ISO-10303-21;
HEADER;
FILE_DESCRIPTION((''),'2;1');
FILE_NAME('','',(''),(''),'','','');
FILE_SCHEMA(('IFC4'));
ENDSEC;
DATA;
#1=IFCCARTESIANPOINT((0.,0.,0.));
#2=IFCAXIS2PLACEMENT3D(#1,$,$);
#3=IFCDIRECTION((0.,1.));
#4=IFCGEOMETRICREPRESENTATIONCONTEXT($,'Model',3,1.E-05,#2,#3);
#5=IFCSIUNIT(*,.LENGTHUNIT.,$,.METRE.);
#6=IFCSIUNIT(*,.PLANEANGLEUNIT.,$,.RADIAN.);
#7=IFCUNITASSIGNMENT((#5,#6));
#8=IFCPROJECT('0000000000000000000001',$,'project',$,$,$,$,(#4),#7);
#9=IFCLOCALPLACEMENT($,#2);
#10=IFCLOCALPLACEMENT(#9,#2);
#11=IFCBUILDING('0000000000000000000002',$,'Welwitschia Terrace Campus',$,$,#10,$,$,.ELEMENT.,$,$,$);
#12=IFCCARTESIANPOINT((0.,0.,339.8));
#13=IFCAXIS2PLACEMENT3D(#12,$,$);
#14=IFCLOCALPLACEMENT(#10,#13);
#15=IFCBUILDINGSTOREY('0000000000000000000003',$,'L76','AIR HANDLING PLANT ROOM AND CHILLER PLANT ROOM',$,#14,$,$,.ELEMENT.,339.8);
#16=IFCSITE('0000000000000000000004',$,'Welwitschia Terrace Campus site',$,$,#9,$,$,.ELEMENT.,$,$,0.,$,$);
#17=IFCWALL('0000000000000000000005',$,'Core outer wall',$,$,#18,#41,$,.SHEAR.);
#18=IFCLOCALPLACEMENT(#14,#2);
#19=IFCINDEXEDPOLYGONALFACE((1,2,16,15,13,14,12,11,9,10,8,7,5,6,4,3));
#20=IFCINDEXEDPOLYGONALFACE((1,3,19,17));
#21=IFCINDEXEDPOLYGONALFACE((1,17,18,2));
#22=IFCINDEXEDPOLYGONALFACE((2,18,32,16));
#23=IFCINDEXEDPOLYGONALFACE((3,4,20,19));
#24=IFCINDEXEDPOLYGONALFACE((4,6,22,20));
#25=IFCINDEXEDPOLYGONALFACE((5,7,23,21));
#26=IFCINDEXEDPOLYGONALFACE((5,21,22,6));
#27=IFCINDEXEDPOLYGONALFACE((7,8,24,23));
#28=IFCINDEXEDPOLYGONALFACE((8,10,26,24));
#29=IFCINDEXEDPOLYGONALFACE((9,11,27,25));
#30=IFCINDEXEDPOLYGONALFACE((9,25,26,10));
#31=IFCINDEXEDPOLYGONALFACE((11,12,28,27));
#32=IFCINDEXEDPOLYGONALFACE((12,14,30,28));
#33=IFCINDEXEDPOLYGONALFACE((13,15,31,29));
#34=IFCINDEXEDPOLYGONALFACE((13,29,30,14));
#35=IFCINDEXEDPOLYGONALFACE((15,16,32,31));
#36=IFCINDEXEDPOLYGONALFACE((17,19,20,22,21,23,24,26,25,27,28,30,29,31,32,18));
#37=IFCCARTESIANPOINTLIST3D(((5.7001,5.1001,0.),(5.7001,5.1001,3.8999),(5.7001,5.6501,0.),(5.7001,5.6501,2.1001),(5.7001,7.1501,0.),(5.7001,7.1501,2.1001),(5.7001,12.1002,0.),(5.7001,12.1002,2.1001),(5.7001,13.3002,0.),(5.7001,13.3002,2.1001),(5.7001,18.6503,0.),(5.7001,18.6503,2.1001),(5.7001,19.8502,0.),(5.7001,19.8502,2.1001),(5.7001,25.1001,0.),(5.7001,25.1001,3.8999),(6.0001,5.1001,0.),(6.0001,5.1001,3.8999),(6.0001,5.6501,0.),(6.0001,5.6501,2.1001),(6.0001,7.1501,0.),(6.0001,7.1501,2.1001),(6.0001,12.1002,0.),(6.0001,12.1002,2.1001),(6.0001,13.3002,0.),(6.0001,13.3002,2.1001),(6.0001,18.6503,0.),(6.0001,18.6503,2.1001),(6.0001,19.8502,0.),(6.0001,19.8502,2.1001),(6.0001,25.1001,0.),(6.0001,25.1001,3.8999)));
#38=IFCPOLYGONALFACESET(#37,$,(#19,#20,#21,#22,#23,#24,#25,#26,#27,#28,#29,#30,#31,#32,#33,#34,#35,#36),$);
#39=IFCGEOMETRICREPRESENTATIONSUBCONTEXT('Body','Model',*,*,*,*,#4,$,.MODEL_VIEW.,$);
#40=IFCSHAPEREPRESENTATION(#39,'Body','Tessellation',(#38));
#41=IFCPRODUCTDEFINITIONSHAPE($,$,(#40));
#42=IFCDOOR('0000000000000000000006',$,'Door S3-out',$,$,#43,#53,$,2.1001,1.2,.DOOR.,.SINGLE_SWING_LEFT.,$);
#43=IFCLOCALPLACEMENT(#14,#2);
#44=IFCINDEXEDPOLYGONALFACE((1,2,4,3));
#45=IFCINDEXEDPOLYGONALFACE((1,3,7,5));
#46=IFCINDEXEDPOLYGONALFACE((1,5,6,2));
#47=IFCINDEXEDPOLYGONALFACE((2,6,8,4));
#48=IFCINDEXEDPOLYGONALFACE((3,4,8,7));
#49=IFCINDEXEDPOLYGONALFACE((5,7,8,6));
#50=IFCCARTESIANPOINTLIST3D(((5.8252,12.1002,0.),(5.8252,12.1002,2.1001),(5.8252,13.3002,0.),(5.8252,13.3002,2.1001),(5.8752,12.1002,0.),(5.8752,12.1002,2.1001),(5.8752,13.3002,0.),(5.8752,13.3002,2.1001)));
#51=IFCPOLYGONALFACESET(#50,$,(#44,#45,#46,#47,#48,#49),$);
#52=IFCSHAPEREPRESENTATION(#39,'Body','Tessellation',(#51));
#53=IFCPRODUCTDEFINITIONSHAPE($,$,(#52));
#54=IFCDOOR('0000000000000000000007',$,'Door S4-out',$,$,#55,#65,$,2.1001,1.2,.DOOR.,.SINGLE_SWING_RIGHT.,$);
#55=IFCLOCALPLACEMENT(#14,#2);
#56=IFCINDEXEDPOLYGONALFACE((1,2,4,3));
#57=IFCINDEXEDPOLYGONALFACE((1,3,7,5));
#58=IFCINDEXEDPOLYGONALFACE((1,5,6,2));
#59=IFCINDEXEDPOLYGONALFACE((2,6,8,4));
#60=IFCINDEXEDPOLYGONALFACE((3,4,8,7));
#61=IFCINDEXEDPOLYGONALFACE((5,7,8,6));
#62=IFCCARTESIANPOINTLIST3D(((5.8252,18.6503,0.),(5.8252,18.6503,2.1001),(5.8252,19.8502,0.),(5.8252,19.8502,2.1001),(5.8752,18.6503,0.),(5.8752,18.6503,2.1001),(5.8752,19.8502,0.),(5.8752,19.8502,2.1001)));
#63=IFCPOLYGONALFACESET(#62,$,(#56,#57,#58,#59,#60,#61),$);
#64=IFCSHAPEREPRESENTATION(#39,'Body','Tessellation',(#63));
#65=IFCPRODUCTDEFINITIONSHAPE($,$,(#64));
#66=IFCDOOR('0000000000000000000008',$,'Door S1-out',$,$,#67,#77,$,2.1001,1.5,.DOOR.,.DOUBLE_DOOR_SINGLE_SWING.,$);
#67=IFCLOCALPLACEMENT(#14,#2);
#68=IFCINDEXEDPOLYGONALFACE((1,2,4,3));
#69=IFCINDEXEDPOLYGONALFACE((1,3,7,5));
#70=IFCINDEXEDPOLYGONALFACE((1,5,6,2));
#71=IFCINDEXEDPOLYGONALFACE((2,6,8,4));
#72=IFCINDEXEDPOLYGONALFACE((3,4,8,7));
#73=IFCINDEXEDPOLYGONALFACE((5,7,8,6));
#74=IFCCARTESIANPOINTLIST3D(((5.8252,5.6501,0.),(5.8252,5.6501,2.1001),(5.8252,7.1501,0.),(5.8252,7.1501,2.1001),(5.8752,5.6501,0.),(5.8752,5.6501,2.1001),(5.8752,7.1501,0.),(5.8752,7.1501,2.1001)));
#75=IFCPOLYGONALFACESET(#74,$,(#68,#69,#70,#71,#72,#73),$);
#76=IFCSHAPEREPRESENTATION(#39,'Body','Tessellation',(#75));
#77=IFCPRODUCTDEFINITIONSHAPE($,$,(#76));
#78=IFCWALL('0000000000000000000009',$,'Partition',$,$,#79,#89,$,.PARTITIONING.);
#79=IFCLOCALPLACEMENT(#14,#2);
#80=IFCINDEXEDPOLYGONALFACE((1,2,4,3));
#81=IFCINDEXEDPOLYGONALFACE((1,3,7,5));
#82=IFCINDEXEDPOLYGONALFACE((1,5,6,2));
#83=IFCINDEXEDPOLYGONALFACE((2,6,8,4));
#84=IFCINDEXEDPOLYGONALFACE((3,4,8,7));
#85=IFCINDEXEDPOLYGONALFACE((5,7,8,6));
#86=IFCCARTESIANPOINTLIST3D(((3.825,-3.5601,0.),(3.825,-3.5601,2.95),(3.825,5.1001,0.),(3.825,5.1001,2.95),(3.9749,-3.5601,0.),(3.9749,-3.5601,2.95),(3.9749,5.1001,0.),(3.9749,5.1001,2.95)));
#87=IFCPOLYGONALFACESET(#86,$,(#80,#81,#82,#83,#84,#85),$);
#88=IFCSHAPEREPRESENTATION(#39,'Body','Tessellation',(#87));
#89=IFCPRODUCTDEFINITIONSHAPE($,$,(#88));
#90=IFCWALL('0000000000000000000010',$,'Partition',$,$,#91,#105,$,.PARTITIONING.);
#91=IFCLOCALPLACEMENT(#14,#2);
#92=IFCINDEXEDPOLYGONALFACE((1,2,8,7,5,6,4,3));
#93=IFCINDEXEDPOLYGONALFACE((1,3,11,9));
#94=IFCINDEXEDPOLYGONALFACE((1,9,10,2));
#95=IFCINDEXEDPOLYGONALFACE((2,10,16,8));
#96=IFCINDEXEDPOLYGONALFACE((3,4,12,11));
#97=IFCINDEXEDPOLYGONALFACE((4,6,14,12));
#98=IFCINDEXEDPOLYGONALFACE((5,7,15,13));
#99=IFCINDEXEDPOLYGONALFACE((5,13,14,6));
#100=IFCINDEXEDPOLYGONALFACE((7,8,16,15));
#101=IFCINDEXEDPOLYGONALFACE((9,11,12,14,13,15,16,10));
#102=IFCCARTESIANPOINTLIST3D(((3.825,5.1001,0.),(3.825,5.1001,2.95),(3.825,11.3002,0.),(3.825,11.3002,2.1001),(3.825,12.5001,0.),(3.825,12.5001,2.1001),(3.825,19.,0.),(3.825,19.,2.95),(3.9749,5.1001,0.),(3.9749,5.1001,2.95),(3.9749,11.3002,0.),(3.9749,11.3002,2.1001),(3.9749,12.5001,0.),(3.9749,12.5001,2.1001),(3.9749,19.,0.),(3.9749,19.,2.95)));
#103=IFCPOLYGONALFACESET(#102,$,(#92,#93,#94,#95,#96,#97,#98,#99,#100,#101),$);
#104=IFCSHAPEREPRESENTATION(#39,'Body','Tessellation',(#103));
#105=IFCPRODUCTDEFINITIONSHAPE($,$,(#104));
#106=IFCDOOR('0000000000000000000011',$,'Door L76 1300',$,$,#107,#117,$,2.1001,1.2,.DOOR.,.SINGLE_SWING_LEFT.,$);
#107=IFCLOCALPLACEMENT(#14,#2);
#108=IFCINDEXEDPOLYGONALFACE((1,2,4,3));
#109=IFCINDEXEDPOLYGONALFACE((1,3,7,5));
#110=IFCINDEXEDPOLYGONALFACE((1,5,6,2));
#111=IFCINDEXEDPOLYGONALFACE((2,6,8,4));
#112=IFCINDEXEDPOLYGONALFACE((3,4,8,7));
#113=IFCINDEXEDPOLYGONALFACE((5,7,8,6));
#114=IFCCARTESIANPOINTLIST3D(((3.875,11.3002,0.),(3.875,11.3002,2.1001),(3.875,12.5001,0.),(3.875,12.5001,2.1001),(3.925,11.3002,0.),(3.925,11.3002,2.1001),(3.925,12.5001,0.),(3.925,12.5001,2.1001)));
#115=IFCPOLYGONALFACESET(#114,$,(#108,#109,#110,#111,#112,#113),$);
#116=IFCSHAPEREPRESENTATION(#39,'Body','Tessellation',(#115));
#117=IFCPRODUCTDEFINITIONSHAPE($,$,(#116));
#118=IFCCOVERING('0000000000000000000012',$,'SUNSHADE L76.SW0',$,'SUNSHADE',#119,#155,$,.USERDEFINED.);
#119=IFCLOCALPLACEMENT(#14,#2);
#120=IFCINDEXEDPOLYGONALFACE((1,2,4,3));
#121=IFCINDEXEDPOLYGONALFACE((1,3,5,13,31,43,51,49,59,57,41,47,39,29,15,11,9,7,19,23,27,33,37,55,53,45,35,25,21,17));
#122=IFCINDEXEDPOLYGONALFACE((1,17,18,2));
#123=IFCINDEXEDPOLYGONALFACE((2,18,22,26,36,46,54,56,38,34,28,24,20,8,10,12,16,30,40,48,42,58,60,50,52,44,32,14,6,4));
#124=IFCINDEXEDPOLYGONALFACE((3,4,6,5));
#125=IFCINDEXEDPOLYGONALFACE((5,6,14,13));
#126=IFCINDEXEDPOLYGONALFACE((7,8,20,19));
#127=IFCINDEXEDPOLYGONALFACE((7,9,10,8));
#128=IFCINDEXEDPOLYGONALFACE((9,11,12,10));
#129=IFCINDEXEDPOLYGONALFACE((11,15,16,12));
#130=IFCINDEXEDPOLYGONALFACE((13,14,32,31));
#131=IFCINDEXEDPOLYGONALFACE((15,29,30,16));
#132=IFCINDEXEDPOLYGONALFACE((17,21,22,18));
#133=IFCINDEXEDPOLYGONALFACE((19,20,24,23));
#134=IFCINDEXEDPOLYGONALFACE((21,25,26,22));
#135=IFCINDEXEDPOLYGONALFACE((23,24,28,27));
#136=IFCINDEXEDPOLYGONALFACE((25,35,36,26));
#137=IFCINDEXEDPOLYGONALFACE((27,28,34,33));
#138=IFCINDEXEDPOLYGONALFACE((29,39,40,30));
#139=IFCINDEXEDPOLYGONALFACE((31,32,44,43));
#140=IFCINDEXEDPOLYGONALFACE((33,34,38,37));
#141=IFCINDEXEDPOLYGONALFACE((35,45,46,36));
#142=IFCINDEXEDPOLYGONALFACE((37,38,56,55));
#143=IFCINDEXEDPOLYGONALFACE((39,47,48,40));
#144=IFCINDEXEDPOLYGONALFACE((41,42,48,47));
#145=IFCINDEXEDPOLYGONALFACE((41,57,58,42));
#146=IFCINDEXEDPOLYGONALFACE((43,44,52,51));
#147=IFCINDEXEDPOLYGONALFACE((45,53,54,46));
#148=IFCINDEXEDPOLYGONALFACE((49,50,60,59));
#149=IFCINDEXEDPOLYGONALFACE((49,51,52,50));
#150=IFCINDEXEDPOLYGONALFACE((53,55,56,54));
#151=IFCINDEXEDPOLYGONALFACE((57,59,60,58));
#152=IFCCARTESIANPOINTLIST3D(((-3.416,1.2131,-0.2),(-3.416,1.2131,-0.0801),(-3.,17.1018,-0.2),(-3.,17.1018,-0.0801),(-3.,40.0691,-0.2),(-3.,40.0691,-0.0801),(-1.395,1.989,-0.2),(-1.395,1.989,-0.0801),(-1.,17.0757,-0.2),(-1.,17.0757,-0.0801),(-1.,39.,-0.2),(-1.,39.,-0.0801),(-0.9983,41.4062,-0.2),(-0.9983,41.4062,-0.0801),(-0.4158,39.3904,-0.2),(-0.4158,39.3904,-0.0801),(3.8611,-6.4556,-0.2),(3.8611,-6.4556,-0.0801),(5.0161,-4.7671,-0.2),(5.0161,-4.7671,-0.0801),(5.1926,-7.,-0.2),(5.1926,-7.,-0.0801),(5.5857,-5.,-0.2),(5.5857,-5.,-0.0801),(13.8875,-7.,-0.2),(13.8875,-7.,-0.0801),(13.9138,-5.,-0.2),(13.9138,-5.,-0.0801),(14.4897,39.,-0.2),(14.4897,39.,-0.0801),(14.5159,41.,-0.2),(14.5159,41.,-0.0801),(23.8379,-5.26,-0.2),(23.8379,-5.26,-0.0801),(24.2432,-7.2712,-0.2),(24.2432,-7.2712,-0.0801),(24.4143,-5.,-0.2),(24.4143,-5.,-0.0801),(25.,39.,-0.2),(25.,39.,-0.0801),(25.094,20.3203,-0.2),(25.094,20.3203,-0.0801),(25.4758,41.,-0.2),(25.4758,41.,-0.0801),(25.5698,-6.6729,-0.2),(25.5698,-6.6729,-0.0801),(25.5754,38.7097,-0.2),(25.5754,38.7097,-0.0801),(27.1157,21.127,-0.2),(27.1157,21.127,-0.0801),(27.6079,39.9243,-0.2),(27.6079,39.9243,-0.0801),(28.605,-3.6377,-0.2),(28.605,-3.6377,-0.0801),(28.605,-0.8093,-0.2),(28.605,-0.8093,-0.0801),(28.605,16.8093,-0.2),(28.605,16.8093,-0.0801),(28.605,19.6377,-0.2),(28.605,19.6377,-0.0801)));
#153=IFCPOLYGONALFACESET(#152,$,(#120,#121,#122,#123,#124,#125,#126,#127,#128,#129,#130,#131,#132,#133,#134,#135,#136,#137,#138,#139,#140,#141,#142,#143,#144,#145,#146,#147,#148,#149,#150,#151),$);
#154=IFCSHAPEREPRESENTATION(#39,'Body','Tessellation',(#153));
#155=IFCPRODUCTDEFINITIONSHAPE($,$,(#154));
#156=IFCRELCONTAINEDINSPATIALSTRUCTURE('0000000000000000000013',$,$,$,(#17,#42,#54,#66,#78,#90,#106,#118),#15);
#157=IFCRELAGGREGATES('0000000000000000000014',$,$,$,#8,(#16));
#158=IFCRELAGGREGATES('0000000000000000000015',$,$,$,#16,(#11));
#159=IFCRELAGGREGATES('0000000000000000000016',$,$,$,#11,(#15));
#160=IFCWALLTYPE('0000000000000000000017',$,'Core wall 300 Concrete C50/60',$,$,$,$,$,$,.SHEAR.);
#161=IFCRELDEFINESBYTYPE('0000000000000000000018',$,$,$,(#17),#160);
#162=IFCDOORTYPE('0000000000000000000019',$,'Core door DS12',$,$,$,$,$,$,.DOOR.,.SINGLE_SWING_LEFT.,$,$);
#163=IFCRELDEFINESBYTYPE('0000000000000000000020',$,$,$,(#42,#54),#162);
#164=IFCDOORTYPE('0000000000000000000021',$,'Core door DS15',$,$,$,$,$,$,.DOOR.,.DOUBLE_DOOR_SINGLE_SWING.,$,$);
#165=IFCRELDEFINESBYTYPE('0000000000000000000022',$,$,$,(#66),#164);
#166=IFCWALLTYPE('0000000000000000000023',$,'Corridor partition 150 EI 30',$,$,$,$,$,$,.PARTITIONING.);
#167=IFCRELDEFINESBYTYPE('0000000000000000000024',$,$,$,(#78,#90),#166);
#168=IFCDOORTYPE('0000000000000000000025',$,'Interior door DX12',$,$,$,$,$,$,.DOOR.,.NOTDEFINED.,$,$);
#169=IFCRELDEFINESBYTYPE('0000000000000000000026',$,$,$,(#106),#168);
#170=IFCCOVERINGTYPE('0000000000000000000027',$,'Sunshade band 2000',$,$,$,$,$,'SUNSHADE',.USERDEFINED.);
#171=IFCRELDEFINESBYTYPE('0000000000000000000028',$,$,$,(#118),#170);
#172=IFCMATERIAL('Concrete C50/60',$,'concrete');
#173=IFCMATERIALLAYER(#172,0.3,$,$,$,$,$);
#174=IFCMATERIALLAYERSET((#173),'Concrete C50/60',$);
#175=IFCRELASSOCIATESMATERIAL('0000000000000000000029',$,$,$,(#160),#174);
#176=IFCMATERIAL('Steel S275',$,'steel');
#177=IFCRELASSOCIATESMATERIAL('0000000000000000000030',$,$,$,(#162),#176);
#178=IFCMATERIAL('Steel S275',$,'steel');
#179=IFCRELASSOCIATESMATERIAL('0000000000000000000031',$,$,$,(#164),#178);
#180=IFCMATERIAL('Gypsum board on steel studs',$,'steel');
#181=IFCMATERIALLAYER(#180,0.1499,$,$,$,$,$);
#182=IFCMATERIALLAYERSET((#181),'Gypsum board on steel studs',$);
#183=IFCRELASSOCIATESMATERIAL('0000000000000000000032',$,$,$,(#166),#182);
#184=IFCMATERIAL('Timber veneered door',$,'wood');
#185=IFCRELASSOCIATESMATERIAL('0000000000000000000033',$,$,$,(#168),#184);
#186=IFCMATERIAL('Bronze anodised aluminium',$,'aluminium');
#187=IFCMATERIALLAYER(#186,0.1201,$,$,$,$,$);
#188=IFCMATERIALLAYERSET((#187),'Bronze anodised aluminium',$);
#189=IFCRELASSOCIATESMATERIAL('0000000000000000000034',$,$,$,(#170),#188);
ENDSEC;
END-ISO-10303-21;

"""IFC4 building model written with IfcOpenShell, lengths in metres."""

from ifc_helpers import new_model, si_unit, direction, frame, frame_2d, origin, place, context, subcontext, project, spatial, polyline, rectangle, outline, extrude, material, layer, layer_set, type_object, element, fill, save


model = new_model("IFC4")

# Units and contexts
model_context = context("Model", 3, precision=1e-05, world=origin(), true_north=direction((0.0, 1.0)))
body_context = subcontext(model_context, "Body", "Model", "MODEL_VIEW")
ifc_project = project(units=[si_unit("LENGTHUNIT", "METRE"), si_unit("PLANEANGLEUNIT", "RADIAN")], contexts=[model_context])

# Site, building, storey
site_placement = place(None, origin())
site = spatial("IfcSite", under=ifc_project, at=site_placement, Name="Welwitschia Terrace Campus site", CompositionType="ELEMENT", RefElevation=0.0)
building_placement = place(site_placement, origin())
building = spatial("IfcBuilding", under=site, at=building_placement, Name="Welwitschia Terrace Campus", CompositionType="ELEMENT")
storey_placement = place(building_placement, frame((0.0, 0.0, 339.8)))
storey = spatial("IfcBuildingStorey", under=building, at=storey_placement, Name="L76", Description="AIR HANDLING PLANT ROOM AND CHILLER PLANT ROOM", CompositionType="ELEMENT", Elevation=339.8)

# Wall, openings, doors
ifc_material_1 = material(Name="Concrete C50/60", Category="concrete")
ifc_layer_1 = layer(ifc_material_1, 0.3)
ifc_layer_set_1 = layer_set([ifc_layer_1], Name="Concrete C50/60")
wall_type_1 = type_object("IfcWallType", Name="Core wall 300 Concrete C50/60", PredefinedType="SHEAR", material=ifc_layer_set_1)
wall_1_placement = place(storey_placement, frame((5.8501, 5.1001, 0.0), z_axis=(0.0, 0.0, 1.0), x_axis=(0.0, 1.0, 0.0)))
wall_1 = element("IfcWall", 1, at=wall_1_placement, inside=storey, type_object=wall_type_1, Name="Core outer wall", PredefinedType="SHEAR", context=body_context, shape_type="SweptSolid", body=[
    extrude(rectangle(XDim=20.0, YDim=0.3, at=frame_2d((10.0, 0.0))), origin(), (0.0, 0.0, 1.0), 3.8999),
])
opening_1_placement = place(wall_1_placement, frame((0.55, 0.0, 0.0)))
opening_1 = element("IfcOpeningElement", 2, at=opening_1_placement, cuts=wall_1, PredefinedType="OPENING", context=body_context, shape_type="SweptSolid", body=[
    extrude(rectangle(XDim=1.5, YDim=2.1001, at=frame_2d((0.75, 1.05))), frame((0.0, 0.1599, 0.0), z_axis=(0.0, -1.0, 0.0), x_axis=(1.0, 0.0, 0.0)), (0.0, 0.0, 1.0), 0.3201),
])
opening_2_placement = place(wall_1_placement, frame((7.0, 0.0, 0.0)))
opening_2 = element("IfcOpeningElement", 3, at=opening_2_placement, cuts=wall_1, PredefinedType="OPENING", context=body_context, shape_type="SweptSolid", body=[
    extrude(rectangle(XDim=1.2, YDim=2.1001, at=frame_2d((0.6001, 1.05))), frame((0.0, 0.1599, 0.0), z_axis=(0.0, -1.0, 0.0), x_axis=(1.0, 0.0, 0.0)), (0.0, 0.0, 1.0), 0.3201),
])
opening_3_placement = place(wall_1_placement, frame((13.55, 0.0, 0.0)))
opening_3 = element("IfcOpeningElement", 4, at=opening_3_placement, cuts=wall_1, PredefinedType="OPENING", context=body_context, shape_type="SweptSolid", body=[
    extrude(rectangle(XDim=1.2, YDim=2.1001, at=frame_2d((0.6001, 1.05))), frame((0.0, 0.1599, 0.0), z_axis=(0.0, -1.0, 0.0), x_axis=(1.0, 0.0, 0.0)), (0.0, 0.0, 1.0), 0.3201),
])
ifc_material_2 = material(Name="Steel S275", Category="steel")
door_type_1 = type_object("IfcDoorType", Name="Core door DS12", OperationType="SINGLE_SWING_LEFT", PredefinedType="DOOR", material=ifc_material_2)
door_1_placement = place(opening_2_placement, origin())
door_1 = element("IfcDoor", 5, at=door_1_placement, inside=storey, type_object=door_type_1, Name="Door S3-out", OperationType="SINGLE_SWING_LEFT", OverallHeight=2.1001, OverallWidth=1.2, PredefinedType="DOOR", context=body_context, shape_type="SweptSolid", body=[
    extrude(rectangle(XDim=1.2, YDim=2.1001, at=frame_2d((0.6001, 1.05))), frame((0.0, 0.0249, 0.0), z_axis=(0.0, -1.0, 0.0), x_axis=(1.0, 0.0, 0.0)), (0.0, 0.0, 1.0), 0.05),
])
fill(opening_2, door_1)
door_2_placement = place(opening_3_placement, origin())
door_2 = element("IfcDoor", 6, at=door_2_placement, inside=storey, type_object=door_type_1, Name="Door S4-out", OperationType="SINGLE_SWING_RIGHT", OverallHeight=2.1001, OverallWidth=1.2, PredefinedType="DOOR", context=body_context, shape_type="SweptSolid", body=[
    extrude(rectangle(XDim=1.2, YDim=2.1001, at=frame_2d((0.6001, 1.05))), frame((0.0, 0.0249, 0.0), z_axis=(0.0, -1.0, 0.0), x_axis=(1.0, 0.0, 0.0)), (0.0, 0.0, 1.0), 0.05),
])
fill(opening_3, door_2)
ifc_material_3 = material(Name="Steel S275", Category="steel")
door_type_2 = type_object("IfcDoorType", Name="Core door DS15", OperationType="DOUBLE_DOOR_SINGLE_SWING", PredefinedType="DOOR", material=ifc_material_3)
door_3_placement = place(opening_1_placement, origin())
door_3 = element("IfcDoor", 7, at=door_3_placement, inside=storey, type_object=door_type_2, Name="Door S1-out", OperationType="DOUBLE_DOOR_SINGLE_SWING", OverallHeight=2.1001, OverallWidth=1.5, PredefinedType="DOOR", context=body_context, shape_type="SweptSolid", body=[
    extrude(rectangle(XDim=1.5, YDim=2.1001, at=frame_2d((0.75, 1.05))), frame((0.0, 0.0249, 0.0), z_axis=(0.0, -1.0, 0.0), x_axis=(1.0, 0.0, 0.0)), (0.0, 0.0, 1.0), 0.05),
])
fill(opening_1, door_3)

# Wall
ifc_material_4 = material(Name="Gypsum board on steel studs", Category="steel")
ifc_layer_2 = layer(ifc_material_4, 0.1499)
ifc_layer_set_2 = layer_set([ifc_layer_2], Name="Gypsum board on steel studs")
wall_type_2 = type_object("IfcWallType", Name="Corridor partition 150 EI 30", PredefinedType="PARTITIONING", material=ifc_layer_set_2)
wall_2_placement = place(storey_placement, frame((3.8999, -3.5601, 0.0), z_axis=(0.0, 0.0, 1.0), x_axis=(0.0, 1.0, 0.0)))
element("IfcWall", 8, at=wall_2_placement, inside=storey, type_object=wall_type_2, Name="Partition", PredefinedType="PARTITIONING", context=body_context, shape_type="SweptSolid", body=[
    extrude(rectangle(XDim=8.6602, YDim=0.1499, at=frame_2d((4.3301, 0.0))), origin(), (0.0, 0.0, 1.0), 2.95),
])

# Wall, opening, door
wall_3_placement = place(storey_placement, frame((3.8999, 5.1001, 0.0), z_axis=(0.0, 0.0, 1.0), x_axis=(0.0, 1.0, 0.0)))
wall_3 = element("IfcWall", 9, at=wall_3_placement, inside=storey, type_object=wall_type_2, Name="Partition", PredefinedType="PARTITIONING", context=body_context, shape_type="SweptSolid", body=[
    extrude(rectangle(XDim=13.8999, YDim=0.1499, at=frame_2d((6.95, 0.0))), origin(), (0.0, 0.0, 1.0), 2.95),
])
opening_4_placement = place(wall_3_placement, frame((6.2, 0.0, 0.0)))
opening_4 = element("IfcOpeningElement", 10, at=opening_4_placement, cuts=wall_3, PredefinedType="OPENING", context=body_context, shape_type="SweptSolid", body=[
    extrude(rectangle(XDim=1.2, YDim=2.1001, at=frame_2d((0.6001, 1.05))), frame((0.0, 0.085, 0.0), z_axis=(0.0, -1.0, 0.0), x_axis=(1.0, 0.0, 0.0)), (0.0, 0.0, 1.0), 0.1699),
])
ifc_material_5 = material(Name="Timber veneered door", Category="wood")
door_type_3 = type_object("IfcDoorType", Name="Interior door DX12", OperationType="NOTDEFINED", PredefinedType="DOOR", material=ifc_material_5)
door_4_placement = place(opening_4_placement, origin())
door_4 = element("IfcDoor", 11, at=door_4_placement, inside=storey, type_object=door_type_3, Name="Door L76 1300", OperationType="SINGLE_SWING_LEFT", OverallHeight=2.1001, OverallWidth=1.2, PredefinedType="DOOR", context=body_context, shape_type="SweptSolid", body=[
    extrude(rectangle(XDim=1.2, YDim=2.1001, at=frame_2d((0.6001, 1.05))), frame((0.0, 0.0249, 0.0), z_axis=(0.0, -1.0, 0.0), x_axis=(1.0, 0.0, 0.0)), (0.0, 0.0, 1.0), 0.05),
])
fill(opening_4, door_4)

# Covering
ifc_material_6 = material(Name="Bronze anodised aluminium", Category="aluminium")
ifc_layer_3 = layer(ifc_material_6, 0.1201)
ifc_layer_set_3 = layer_set([ifc_layer_3], Name="Bronze anodised aluminium")
covering_type_1 = type_object("IfcCoveringType", Name="Sunshade band 2000", ElementType="SUNSHADE", PredefinedType="USERDEFINED", material=ifc_layer_set_3)
covering_1_placement = place(storey_placement, frame((0.0, 0.0, -0.2)))
element("IfcCovering", 12, at=covering_1_placement, inside=storey, type_object=covering_type_1, Name="SUNSHADE L76.SW0", ObjectType="SUNSHADE", PredefinedType="USERDEFINED", context=body_context, shape_type="SweptSolid", body=[
    extrude(outline(polyline([(14.5159, 41.0), (25.4758, 41.0), (27.6079, 39.9243), (27.1157, 21.127), (28.605, 19.6377), (28.605, 16.8093), (25.094, 20.3203), (25.5754, 38.7097), (25.0, 39.0), (14.4897, 39.0), (-0.4158, 39.3904), (-1.0, 39.0), (-1.0, 17.0757), (-1.395, 1.989), (5.0161, -4.7671), (5.5857, -5.0), (13.9138, -5.0), (23.8379, -5.26), (24.4143, -5.0), (28.605, -0.8093), (28.605, -3.6377), (25.5698, -6.6729), (24.2432, -7.2712), (13.8875, -7.0), (5.1926, -7.0), (3.8611, -6.4556), (-3.416, 1.2131), (-3.0, 17.1018), (-3.0, 40.0691), (-0.9983, 41.4062), (14.5159, 41.0)])), origin(), (0.0, 0.0, 1.0), 0.1199),
])

save(model, "model.ifc")
